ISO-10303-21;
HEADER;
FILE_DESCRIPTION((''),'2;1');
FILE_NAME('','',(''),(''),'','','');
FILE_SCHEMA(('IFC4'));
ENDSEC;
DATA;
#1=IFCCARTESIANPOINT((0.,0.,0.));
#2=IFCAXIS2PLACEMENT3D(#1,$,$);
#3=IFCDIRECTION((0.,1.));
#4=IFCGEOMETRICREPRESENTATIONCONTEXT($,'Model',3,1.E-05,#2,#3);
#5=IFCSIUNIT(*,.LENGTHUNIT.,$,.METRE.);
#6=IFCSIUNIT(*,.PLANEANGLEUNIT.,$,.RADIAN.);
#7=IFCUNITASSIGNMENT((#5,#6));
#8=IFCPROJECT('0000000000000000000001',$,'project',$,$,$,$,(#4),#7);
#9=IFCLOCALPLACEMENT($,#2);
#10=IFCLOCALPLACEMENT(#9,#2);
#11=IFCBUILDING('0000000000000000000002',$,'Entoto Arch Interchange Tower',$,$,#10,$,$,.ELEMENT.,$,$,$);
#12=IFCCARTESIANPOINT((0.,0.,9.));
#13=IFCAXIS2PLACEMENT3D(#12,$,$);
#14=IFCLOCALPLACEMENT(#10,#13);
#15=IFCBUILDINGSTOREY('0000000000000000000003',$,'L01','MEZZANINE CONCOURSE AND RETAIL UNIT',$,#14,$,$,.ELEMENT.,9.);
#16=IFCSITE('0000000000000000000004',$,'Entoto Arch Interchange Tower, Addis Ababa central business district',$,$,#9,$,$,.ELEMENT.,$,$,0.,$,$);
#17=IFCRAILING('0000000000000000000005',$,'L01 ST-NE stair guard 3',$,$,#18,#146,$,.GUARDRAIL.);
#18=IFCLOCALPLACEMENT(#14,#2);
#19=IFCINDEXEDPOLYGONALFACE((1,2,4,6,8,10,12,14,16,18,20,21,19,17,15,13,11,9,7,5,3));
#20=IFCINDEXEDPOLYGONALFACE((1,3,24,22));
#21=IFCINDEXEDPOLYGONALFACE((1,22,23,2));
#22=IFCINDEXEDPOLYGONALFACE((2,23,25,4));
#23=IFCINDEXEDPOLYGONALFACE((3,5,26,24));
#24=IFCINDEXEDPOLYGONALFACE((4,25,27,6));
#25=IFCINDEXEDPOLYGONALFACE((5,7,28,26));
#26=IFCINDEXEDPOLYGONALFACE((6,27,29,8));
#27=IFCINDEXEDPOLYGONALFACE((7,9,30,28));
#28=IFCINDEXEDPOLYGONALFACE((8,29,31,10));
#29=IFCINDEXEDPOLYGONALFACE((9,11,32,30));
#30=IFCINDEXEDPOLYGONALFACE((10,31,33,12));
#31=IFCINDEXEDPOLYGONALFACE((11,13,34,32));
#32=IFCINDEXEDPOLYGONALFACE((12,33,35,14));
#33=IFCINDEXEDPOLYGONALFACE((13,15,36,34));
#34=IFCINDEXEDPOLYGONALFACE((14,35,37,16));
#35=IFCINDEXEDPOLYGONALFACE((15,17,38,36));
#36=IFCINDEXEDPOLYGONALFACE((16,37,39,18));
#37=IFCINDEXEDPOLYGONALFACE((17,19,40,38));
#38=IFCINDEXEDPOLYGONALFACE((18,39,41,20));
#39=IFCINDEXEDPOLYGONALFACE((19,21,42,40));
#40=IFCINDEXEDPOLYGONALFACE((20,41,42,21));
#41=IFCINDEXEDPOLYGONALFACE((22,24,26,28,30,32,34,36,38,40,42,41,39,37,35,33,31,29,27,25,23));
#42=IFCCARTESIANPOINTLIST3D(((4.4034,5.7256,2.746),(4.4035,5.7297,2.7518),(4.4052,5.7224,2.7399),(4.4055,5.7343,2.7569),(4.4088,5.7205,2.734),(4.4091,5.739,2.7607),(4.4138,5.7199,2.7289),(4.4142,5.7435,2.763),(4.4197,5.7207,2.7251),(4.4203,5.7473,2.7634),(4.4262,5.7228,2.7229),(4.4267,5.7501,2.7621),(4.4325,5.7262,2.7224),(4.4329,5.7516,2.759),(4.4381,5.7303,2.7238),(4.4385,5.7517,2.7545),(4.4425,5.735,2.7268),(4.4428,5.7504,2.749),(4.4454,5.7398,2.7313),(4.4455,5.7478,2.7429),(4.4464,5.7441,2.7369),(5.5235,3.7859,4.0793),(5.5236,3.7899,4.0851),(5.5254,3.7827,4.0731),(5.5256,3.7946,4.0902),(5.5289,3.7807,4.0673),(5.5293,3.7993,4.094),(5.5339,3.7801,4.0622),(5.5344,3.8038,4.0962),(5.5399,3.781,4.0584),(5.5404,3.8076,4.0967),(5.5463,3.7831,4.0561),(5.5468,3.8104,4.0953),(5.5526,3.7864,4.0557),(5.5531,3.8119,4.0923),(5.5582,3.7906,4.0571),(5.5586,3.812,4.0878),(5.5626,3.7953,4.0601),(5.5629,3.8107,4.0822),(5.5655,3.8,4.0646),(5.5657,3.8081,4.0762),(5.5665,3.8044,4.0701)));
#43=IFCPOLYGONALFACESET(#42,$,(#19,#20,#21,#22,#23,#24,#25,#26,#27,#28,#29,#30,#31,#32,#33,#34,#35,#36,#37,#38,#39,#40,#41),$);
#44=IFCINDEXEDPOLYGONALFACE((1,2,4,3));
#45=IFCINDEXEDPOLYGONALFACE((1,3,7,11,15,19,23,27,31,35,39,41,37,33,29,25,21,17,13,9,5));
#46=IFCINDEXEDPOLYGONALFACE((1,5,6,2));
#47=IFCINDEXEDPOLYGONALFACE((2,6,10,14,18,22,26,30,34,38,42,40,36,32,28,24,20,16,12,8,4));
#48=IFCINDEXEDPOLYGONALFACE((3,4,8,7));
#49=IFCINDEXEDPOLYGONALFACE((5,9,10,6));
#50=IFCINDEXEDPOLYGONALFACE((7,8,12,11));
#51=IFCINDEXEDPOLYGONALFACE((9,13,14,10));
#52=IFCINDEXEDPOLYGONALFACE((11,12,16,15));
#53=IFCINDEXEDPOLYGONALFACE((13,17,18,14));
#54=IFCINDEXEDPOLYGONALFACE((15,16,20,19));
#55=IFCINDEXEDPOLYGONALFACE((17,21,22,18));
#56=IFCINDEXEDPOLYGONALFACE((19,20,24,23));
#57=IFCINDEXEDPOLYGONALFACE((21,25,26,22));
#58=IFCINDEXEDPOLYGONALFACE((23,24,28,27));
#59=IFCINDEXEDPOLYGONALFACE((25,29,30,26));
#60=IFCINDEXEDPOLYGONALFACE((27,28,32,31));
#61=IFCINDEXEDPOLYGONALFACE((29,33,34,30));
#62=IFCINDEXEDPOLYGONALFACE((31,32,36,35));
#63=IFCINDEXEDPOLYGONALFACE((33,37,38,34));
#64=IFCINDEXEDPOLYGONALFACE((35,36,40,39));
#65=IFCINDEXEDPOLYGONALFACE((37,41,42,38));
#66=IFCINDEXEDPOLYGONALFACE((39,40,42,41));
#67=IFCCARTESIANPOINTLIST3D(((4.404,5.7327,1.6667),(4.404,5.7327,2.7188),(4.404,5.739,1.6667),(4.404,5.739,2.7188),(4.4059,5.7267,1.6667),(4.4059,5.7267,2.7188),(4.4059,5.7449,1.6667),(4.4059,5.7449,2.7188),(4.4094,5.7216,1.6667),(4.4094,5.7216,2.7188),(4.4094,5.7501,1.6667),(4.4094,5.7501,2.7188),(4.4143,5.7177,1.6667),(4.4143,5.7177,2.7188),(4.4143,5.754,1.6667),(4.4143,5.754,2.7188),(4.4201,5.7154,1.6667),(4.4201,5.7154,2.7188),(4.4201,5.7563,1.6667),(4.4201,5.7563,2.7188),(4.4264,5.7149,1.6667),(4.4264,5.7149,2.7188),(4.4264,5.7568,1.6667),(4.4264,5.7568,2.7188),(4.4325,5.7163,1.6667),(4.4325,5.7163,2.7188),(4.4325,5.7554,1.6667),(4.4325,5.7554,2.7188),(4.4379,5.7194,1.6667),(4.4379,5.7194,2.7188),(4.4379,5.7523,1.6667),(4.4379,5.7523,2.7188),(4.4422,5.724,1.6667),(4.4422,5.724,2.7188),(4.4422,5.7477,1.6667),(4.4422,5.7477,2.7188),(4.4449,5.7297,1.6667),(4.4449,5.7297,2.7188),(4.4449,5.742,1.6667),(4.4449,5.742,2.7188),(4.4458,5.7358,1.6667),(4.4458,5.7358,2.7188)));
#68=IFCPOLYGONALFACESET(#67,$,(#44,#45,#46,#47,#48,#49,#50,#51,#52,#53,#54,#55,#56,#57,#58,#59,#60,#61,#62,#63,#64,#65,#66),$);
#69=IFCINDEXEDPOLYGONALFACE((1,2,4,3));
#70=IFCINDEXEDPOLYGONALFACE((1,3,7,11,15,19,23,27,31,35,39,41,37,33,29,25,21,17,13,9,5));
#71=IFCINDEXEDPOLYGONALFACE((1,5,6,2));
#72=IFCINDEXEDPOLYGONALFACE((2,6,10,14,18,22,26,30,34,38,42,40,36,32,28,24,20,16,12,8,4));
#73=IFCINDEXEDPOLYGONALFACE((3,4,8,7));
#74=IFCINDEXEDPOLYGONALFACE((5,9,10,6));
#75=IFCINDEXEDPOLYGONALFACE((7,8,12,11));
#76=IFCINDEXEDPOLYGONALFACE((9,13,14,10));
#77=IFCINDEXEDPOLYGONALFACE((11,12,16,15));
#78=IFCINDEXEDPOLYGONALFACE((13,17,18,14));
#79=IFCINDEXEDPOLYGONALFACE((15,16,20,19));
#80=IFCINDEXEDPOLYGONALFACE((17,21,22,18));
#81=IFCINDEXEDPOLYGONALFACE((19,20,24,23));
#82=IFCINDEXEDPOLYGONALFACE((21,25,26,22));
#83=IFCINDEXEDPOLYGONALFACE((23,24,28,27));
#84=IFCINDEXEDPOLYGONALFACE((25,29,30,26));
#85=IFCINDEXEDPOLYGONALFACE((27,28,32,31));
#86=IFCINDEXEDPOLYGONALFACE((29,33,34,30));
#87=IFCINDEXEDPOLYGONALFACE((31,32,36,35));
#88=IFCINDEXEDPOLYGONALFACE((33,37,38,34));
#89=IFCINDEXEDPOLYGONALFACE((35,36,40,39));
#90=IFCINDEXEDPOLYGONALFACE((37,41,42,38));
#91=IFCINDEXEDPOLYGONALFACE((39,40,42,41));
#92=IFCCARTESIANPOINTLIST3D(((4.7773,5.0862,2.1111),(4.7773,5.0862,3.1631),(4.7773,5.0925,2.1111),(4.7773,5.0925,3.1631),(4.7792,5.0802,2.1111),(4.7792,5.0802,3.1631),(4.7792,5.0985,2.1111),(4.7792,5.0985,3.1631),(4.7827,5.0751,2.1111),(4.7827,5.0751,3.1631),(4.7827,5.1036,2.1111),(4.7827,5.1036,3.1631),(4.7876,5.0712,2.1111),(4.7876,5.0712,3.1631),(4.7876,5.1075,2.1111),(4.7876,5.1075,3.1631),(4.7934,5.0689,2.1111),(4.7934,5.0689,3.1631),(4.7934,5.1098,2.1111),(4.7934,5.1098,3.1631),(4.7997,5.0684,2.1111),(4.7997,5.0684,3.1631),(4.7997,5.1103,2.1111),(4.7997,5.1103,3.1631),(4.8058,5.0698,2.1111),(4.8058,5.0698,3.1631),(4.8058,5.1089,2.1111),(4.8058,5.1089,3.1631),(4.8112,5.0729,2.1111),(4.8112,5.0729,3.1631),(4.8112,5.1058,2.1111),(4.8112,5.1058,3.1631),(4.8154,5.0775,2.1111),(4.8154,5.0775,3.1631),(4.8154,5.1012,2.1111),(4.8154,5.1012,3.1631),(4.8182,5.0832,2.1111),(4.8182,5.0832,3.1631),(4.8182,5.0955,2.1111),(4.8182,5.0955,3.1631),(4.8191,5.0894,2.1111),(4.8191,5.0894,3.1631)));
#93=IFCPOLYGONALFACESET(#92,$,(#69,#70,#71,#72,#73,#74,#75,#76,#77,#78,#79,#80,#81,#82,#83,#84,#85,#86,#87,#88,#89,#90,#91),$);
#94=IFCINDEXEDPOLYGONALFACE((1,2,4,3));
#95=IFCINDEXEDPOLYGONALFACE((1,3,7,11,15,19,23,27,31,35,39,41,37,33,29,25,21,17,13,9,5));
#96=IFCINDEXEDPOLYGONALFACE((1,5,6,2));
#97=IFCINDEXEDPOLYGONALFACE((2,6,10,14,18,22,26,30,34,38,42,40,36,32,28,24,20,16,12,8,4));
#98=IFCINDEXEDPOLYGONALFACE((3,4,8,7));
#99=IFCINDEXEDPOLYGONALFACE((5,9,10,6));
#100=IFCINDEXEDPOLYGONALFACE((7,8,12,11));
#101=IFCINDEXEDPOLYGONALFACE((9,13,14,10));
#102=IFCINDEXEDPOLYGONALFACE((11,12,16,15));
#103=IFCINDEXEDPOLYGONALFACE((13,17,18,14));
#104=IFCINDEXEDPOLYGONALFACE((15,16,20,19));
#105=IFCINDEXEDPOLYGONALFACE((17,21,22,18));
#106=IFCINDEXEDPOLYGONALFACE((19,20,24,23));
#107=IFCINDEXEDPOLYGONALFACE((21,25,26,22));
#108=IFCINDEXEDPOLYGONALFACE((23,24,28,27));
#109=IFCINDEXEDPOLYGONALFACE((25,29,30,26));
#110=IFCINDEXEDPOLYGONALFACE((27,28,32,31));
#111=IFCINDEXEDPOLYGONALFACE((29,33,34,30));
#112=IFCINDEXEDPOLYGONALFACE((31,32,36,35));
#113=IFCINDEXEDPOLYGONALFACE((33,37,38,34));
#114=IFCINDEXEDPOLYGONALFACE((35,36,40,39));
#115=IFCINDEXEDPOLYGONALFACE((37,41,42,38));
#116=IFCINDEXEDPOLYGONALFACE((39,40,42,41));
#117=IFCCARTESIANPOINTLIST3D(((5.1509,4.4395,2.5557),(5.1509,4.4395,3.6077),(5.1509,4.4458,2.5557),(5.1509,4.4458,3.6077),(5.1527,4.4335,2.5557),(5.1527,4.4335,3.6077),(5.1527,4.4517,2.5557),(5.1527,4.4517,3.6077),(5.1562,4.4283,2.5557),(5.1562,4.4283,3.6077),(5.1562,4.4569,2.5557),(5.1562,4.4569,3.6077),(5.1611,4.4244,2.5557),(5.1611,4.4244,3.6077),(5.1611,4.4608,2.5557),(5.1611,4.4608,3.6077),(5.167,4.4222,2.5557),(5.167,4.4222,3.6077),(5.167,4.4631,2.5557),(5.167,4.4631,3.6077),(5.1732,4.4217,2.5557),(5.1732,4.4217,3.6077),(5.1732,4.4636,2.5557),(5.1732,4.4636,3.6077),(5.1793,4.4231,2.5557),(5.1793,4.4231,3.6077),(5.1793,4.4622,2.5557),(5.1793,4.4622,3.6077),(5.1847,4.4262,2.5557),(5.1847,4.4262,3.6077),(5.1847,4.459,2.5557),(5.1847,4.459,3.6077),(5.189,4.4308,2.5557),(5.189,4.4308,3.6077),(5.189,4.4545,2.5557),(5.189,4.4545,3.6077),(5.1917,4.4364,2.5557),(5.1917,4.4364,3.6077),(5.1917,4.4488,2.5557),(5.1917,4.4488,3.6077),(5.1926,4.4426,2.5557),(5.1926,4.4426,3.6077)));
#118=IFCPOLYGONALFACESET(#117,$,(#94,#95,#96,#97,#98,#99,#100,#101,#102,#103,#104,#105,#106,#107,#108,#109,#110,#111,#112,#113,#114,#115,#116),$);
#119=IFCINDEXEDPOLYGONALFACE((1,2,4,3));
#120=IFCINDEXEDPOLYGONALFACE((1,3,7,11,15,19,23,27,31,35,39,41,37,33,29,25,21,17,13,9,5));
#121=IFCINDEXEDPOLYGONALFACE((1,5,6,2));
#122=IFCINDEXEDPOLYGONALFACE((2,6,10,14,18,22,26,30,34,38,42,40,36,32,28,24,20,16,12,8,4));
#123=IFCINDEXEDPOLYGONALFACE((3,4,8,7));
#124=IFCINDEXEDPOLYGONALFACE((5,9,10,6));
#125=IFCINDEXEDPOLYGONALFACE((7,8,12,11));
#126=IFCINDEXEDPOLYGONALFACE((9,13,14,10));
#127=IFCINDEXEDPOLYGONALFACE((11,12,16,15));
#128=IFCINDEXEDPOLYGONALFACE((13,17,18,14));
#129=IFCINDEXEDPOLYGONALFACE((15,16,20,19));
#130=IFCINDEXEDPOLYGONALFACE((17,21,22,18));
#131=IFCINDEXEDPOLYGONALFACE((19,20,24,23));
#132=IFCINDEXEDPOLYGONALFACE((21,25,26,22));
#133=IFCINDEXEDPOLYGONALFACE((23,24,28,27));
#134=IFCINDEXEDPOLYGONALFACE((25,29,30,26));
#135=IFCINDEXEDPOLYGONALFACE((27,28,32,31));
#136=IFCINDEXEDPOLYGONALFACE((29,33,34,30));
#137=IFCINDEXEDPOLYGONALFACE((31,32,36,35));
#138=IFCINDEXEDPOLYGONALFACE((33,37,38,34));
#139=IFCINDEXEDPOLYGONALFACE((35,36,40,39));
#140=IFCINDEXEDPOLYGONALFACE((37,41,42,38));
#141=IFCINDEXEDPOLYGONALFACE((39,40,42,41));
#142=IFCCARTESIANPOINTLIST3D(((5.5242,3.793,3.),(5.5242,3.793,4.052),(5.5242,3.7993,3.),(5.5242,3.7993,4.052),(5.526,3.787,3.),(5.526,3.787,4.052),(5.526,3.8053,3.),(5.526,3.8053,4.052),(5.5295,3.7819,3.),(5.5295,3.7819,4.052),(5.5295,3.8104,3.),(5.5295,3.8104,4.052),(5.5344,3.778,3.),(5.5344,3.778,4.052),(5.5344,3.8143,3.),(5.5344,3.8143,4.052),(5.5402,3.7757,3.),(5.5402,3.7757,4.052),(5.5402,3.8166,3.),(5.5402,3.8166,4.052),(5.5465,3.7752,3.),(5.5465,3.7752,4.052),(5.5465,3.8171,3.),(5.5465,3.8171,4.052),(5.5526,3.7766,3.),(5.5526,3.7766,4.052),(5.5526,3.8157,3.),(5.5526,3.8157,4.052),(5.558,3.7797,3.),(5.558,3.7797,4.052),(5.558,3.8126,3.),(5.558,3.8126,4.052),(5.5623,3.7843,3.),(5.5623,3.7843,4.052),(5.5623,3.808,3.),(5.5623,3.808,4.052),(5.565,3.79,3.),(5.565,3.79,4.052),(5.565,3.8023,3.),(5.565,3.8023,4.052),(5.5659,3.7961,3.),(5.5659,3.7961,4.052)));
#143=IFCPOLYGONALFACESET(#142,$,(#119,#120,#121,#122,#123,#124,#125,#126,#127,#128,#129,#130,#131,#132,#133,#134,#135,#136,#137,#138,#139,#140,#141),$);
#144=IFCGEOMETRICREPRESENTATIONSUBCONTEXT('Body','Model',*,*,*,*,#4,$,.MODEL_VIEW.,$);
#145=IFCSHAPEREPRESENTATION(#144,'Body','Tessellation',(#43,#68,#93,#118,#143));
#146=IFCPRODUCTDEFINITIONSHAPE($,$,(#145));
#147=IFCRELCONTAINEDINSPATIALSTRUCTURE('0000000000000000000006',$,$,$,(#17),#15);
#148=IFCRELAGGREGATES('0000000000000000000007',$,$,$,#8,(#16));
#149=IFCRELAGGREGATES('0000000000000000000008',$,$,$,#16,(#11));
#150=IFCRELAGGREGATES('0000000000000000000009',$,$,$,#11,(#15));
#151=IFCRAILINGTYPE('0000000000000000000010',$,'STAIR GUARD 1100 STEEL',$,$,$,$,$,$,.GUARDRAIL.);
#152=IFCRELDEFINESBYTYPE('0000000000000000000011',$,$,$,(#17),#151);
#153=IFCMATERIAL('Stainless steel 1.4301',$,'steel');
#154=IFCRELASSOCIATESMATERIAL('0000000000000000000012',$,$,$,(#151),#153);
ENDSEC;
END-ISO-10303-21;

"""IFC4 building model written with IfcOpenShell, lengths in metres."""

from ifc_helpers import new_model, si_unit, direction, frame, origin, origin_2d, place, context, subcontext, project, spatial, circle, extrude, material, type_object, element, save


model = new_model("IFC4")

# Units and contexts
model_context = context("Model", 3, precision=1e-05, world=origin(), true_north=direction((0.0, 1.0)))
body_context = subcontext(model_context, "Body", "Model", "MODEL_VIEW")
ifc_project = project(units=[si_unit("LENGTHUNIT", "METRE"), si_unit("PLANEANGLEUNIT", "RADIAN")], contexts=[model_context])

# Site, building, storey
site_placement = place(None, origin())
site = spatial("IfcSite", under=ifc_project, at=site_placement, Name="Entoto Arch Interchange Tower, Addis Ababa central business district", CompositionType="ELEMENT", RefElevation=0.0)
building_placement = place(site_placement, origin())
building = spatial("IfcBuilding", under=site, at=building_placement, Name="Entoto Arch Interchange Tower", CompositionType="ELEMENT")
storey_placement = place(building_placement, frame((0.0, 0.0, 9.0)))
storey = spatial("IfcBuildingStorey", under=building, at=storey_placement, Name="L01", Description="MEZZANINE CONCOURSE AND RETAIL UNIT", CompositionType="ELEMENT", Elevation=9.0)

# Railing
ifc_material_1 = material(Name="Stainless steel 1.4301", Category="steel")
railing_type_1 = type_object("IfcRailingType", Name="STAIR GUARD 1100 STEEL", PredefinedType="GUARDRAIL", material=ifc_material_1)
railing_1_placement = place(storey_placement, frame((4.4248, 5.7358, 1.6667)))
element("IfcRailing", 1, at=railing_1_placement, inside=storey, type_object=railing_type_1, Name="L01 ST-NE stair guard 3", PredefinedType="GUARDRAIL", context=body_context, shape_type="SweptSolid", body=[
    extrude(circle(Radius=0.0239, at=origin_2d()), frame((0.0, 0.0, 1.0762), z_axis=(0.429714, -0.744133, 0.51148), x_axis=(0.86598, 0.500078, 0.0)), (0.0, 0.0, 1.0), 2.6067),
    extrude(circle(Radius=0.021, at=origin_2d()), origin(), (0.0, 0.0, 1.0), 1.052),
    extrude(circle(Radius=0.021, at=origin_2d()), frame((0.3733, -0.6465, 0.4443)), (0.0, 0.0, 1.0), 1.052),
    extrude(circle(Radius=0.021, at=origin_2d()), frame((0.7468, -1.2932, 0.8889)), (0.0, 0.0, 1.0), 1.052),
    extrude(circle(Radius=0.021, at=origin_2d()), frame((1.1201, -1.9397, 1.3333)), (0.0, 0.0, 1.0), 1.052),
])

save(model, "model.ifc")
